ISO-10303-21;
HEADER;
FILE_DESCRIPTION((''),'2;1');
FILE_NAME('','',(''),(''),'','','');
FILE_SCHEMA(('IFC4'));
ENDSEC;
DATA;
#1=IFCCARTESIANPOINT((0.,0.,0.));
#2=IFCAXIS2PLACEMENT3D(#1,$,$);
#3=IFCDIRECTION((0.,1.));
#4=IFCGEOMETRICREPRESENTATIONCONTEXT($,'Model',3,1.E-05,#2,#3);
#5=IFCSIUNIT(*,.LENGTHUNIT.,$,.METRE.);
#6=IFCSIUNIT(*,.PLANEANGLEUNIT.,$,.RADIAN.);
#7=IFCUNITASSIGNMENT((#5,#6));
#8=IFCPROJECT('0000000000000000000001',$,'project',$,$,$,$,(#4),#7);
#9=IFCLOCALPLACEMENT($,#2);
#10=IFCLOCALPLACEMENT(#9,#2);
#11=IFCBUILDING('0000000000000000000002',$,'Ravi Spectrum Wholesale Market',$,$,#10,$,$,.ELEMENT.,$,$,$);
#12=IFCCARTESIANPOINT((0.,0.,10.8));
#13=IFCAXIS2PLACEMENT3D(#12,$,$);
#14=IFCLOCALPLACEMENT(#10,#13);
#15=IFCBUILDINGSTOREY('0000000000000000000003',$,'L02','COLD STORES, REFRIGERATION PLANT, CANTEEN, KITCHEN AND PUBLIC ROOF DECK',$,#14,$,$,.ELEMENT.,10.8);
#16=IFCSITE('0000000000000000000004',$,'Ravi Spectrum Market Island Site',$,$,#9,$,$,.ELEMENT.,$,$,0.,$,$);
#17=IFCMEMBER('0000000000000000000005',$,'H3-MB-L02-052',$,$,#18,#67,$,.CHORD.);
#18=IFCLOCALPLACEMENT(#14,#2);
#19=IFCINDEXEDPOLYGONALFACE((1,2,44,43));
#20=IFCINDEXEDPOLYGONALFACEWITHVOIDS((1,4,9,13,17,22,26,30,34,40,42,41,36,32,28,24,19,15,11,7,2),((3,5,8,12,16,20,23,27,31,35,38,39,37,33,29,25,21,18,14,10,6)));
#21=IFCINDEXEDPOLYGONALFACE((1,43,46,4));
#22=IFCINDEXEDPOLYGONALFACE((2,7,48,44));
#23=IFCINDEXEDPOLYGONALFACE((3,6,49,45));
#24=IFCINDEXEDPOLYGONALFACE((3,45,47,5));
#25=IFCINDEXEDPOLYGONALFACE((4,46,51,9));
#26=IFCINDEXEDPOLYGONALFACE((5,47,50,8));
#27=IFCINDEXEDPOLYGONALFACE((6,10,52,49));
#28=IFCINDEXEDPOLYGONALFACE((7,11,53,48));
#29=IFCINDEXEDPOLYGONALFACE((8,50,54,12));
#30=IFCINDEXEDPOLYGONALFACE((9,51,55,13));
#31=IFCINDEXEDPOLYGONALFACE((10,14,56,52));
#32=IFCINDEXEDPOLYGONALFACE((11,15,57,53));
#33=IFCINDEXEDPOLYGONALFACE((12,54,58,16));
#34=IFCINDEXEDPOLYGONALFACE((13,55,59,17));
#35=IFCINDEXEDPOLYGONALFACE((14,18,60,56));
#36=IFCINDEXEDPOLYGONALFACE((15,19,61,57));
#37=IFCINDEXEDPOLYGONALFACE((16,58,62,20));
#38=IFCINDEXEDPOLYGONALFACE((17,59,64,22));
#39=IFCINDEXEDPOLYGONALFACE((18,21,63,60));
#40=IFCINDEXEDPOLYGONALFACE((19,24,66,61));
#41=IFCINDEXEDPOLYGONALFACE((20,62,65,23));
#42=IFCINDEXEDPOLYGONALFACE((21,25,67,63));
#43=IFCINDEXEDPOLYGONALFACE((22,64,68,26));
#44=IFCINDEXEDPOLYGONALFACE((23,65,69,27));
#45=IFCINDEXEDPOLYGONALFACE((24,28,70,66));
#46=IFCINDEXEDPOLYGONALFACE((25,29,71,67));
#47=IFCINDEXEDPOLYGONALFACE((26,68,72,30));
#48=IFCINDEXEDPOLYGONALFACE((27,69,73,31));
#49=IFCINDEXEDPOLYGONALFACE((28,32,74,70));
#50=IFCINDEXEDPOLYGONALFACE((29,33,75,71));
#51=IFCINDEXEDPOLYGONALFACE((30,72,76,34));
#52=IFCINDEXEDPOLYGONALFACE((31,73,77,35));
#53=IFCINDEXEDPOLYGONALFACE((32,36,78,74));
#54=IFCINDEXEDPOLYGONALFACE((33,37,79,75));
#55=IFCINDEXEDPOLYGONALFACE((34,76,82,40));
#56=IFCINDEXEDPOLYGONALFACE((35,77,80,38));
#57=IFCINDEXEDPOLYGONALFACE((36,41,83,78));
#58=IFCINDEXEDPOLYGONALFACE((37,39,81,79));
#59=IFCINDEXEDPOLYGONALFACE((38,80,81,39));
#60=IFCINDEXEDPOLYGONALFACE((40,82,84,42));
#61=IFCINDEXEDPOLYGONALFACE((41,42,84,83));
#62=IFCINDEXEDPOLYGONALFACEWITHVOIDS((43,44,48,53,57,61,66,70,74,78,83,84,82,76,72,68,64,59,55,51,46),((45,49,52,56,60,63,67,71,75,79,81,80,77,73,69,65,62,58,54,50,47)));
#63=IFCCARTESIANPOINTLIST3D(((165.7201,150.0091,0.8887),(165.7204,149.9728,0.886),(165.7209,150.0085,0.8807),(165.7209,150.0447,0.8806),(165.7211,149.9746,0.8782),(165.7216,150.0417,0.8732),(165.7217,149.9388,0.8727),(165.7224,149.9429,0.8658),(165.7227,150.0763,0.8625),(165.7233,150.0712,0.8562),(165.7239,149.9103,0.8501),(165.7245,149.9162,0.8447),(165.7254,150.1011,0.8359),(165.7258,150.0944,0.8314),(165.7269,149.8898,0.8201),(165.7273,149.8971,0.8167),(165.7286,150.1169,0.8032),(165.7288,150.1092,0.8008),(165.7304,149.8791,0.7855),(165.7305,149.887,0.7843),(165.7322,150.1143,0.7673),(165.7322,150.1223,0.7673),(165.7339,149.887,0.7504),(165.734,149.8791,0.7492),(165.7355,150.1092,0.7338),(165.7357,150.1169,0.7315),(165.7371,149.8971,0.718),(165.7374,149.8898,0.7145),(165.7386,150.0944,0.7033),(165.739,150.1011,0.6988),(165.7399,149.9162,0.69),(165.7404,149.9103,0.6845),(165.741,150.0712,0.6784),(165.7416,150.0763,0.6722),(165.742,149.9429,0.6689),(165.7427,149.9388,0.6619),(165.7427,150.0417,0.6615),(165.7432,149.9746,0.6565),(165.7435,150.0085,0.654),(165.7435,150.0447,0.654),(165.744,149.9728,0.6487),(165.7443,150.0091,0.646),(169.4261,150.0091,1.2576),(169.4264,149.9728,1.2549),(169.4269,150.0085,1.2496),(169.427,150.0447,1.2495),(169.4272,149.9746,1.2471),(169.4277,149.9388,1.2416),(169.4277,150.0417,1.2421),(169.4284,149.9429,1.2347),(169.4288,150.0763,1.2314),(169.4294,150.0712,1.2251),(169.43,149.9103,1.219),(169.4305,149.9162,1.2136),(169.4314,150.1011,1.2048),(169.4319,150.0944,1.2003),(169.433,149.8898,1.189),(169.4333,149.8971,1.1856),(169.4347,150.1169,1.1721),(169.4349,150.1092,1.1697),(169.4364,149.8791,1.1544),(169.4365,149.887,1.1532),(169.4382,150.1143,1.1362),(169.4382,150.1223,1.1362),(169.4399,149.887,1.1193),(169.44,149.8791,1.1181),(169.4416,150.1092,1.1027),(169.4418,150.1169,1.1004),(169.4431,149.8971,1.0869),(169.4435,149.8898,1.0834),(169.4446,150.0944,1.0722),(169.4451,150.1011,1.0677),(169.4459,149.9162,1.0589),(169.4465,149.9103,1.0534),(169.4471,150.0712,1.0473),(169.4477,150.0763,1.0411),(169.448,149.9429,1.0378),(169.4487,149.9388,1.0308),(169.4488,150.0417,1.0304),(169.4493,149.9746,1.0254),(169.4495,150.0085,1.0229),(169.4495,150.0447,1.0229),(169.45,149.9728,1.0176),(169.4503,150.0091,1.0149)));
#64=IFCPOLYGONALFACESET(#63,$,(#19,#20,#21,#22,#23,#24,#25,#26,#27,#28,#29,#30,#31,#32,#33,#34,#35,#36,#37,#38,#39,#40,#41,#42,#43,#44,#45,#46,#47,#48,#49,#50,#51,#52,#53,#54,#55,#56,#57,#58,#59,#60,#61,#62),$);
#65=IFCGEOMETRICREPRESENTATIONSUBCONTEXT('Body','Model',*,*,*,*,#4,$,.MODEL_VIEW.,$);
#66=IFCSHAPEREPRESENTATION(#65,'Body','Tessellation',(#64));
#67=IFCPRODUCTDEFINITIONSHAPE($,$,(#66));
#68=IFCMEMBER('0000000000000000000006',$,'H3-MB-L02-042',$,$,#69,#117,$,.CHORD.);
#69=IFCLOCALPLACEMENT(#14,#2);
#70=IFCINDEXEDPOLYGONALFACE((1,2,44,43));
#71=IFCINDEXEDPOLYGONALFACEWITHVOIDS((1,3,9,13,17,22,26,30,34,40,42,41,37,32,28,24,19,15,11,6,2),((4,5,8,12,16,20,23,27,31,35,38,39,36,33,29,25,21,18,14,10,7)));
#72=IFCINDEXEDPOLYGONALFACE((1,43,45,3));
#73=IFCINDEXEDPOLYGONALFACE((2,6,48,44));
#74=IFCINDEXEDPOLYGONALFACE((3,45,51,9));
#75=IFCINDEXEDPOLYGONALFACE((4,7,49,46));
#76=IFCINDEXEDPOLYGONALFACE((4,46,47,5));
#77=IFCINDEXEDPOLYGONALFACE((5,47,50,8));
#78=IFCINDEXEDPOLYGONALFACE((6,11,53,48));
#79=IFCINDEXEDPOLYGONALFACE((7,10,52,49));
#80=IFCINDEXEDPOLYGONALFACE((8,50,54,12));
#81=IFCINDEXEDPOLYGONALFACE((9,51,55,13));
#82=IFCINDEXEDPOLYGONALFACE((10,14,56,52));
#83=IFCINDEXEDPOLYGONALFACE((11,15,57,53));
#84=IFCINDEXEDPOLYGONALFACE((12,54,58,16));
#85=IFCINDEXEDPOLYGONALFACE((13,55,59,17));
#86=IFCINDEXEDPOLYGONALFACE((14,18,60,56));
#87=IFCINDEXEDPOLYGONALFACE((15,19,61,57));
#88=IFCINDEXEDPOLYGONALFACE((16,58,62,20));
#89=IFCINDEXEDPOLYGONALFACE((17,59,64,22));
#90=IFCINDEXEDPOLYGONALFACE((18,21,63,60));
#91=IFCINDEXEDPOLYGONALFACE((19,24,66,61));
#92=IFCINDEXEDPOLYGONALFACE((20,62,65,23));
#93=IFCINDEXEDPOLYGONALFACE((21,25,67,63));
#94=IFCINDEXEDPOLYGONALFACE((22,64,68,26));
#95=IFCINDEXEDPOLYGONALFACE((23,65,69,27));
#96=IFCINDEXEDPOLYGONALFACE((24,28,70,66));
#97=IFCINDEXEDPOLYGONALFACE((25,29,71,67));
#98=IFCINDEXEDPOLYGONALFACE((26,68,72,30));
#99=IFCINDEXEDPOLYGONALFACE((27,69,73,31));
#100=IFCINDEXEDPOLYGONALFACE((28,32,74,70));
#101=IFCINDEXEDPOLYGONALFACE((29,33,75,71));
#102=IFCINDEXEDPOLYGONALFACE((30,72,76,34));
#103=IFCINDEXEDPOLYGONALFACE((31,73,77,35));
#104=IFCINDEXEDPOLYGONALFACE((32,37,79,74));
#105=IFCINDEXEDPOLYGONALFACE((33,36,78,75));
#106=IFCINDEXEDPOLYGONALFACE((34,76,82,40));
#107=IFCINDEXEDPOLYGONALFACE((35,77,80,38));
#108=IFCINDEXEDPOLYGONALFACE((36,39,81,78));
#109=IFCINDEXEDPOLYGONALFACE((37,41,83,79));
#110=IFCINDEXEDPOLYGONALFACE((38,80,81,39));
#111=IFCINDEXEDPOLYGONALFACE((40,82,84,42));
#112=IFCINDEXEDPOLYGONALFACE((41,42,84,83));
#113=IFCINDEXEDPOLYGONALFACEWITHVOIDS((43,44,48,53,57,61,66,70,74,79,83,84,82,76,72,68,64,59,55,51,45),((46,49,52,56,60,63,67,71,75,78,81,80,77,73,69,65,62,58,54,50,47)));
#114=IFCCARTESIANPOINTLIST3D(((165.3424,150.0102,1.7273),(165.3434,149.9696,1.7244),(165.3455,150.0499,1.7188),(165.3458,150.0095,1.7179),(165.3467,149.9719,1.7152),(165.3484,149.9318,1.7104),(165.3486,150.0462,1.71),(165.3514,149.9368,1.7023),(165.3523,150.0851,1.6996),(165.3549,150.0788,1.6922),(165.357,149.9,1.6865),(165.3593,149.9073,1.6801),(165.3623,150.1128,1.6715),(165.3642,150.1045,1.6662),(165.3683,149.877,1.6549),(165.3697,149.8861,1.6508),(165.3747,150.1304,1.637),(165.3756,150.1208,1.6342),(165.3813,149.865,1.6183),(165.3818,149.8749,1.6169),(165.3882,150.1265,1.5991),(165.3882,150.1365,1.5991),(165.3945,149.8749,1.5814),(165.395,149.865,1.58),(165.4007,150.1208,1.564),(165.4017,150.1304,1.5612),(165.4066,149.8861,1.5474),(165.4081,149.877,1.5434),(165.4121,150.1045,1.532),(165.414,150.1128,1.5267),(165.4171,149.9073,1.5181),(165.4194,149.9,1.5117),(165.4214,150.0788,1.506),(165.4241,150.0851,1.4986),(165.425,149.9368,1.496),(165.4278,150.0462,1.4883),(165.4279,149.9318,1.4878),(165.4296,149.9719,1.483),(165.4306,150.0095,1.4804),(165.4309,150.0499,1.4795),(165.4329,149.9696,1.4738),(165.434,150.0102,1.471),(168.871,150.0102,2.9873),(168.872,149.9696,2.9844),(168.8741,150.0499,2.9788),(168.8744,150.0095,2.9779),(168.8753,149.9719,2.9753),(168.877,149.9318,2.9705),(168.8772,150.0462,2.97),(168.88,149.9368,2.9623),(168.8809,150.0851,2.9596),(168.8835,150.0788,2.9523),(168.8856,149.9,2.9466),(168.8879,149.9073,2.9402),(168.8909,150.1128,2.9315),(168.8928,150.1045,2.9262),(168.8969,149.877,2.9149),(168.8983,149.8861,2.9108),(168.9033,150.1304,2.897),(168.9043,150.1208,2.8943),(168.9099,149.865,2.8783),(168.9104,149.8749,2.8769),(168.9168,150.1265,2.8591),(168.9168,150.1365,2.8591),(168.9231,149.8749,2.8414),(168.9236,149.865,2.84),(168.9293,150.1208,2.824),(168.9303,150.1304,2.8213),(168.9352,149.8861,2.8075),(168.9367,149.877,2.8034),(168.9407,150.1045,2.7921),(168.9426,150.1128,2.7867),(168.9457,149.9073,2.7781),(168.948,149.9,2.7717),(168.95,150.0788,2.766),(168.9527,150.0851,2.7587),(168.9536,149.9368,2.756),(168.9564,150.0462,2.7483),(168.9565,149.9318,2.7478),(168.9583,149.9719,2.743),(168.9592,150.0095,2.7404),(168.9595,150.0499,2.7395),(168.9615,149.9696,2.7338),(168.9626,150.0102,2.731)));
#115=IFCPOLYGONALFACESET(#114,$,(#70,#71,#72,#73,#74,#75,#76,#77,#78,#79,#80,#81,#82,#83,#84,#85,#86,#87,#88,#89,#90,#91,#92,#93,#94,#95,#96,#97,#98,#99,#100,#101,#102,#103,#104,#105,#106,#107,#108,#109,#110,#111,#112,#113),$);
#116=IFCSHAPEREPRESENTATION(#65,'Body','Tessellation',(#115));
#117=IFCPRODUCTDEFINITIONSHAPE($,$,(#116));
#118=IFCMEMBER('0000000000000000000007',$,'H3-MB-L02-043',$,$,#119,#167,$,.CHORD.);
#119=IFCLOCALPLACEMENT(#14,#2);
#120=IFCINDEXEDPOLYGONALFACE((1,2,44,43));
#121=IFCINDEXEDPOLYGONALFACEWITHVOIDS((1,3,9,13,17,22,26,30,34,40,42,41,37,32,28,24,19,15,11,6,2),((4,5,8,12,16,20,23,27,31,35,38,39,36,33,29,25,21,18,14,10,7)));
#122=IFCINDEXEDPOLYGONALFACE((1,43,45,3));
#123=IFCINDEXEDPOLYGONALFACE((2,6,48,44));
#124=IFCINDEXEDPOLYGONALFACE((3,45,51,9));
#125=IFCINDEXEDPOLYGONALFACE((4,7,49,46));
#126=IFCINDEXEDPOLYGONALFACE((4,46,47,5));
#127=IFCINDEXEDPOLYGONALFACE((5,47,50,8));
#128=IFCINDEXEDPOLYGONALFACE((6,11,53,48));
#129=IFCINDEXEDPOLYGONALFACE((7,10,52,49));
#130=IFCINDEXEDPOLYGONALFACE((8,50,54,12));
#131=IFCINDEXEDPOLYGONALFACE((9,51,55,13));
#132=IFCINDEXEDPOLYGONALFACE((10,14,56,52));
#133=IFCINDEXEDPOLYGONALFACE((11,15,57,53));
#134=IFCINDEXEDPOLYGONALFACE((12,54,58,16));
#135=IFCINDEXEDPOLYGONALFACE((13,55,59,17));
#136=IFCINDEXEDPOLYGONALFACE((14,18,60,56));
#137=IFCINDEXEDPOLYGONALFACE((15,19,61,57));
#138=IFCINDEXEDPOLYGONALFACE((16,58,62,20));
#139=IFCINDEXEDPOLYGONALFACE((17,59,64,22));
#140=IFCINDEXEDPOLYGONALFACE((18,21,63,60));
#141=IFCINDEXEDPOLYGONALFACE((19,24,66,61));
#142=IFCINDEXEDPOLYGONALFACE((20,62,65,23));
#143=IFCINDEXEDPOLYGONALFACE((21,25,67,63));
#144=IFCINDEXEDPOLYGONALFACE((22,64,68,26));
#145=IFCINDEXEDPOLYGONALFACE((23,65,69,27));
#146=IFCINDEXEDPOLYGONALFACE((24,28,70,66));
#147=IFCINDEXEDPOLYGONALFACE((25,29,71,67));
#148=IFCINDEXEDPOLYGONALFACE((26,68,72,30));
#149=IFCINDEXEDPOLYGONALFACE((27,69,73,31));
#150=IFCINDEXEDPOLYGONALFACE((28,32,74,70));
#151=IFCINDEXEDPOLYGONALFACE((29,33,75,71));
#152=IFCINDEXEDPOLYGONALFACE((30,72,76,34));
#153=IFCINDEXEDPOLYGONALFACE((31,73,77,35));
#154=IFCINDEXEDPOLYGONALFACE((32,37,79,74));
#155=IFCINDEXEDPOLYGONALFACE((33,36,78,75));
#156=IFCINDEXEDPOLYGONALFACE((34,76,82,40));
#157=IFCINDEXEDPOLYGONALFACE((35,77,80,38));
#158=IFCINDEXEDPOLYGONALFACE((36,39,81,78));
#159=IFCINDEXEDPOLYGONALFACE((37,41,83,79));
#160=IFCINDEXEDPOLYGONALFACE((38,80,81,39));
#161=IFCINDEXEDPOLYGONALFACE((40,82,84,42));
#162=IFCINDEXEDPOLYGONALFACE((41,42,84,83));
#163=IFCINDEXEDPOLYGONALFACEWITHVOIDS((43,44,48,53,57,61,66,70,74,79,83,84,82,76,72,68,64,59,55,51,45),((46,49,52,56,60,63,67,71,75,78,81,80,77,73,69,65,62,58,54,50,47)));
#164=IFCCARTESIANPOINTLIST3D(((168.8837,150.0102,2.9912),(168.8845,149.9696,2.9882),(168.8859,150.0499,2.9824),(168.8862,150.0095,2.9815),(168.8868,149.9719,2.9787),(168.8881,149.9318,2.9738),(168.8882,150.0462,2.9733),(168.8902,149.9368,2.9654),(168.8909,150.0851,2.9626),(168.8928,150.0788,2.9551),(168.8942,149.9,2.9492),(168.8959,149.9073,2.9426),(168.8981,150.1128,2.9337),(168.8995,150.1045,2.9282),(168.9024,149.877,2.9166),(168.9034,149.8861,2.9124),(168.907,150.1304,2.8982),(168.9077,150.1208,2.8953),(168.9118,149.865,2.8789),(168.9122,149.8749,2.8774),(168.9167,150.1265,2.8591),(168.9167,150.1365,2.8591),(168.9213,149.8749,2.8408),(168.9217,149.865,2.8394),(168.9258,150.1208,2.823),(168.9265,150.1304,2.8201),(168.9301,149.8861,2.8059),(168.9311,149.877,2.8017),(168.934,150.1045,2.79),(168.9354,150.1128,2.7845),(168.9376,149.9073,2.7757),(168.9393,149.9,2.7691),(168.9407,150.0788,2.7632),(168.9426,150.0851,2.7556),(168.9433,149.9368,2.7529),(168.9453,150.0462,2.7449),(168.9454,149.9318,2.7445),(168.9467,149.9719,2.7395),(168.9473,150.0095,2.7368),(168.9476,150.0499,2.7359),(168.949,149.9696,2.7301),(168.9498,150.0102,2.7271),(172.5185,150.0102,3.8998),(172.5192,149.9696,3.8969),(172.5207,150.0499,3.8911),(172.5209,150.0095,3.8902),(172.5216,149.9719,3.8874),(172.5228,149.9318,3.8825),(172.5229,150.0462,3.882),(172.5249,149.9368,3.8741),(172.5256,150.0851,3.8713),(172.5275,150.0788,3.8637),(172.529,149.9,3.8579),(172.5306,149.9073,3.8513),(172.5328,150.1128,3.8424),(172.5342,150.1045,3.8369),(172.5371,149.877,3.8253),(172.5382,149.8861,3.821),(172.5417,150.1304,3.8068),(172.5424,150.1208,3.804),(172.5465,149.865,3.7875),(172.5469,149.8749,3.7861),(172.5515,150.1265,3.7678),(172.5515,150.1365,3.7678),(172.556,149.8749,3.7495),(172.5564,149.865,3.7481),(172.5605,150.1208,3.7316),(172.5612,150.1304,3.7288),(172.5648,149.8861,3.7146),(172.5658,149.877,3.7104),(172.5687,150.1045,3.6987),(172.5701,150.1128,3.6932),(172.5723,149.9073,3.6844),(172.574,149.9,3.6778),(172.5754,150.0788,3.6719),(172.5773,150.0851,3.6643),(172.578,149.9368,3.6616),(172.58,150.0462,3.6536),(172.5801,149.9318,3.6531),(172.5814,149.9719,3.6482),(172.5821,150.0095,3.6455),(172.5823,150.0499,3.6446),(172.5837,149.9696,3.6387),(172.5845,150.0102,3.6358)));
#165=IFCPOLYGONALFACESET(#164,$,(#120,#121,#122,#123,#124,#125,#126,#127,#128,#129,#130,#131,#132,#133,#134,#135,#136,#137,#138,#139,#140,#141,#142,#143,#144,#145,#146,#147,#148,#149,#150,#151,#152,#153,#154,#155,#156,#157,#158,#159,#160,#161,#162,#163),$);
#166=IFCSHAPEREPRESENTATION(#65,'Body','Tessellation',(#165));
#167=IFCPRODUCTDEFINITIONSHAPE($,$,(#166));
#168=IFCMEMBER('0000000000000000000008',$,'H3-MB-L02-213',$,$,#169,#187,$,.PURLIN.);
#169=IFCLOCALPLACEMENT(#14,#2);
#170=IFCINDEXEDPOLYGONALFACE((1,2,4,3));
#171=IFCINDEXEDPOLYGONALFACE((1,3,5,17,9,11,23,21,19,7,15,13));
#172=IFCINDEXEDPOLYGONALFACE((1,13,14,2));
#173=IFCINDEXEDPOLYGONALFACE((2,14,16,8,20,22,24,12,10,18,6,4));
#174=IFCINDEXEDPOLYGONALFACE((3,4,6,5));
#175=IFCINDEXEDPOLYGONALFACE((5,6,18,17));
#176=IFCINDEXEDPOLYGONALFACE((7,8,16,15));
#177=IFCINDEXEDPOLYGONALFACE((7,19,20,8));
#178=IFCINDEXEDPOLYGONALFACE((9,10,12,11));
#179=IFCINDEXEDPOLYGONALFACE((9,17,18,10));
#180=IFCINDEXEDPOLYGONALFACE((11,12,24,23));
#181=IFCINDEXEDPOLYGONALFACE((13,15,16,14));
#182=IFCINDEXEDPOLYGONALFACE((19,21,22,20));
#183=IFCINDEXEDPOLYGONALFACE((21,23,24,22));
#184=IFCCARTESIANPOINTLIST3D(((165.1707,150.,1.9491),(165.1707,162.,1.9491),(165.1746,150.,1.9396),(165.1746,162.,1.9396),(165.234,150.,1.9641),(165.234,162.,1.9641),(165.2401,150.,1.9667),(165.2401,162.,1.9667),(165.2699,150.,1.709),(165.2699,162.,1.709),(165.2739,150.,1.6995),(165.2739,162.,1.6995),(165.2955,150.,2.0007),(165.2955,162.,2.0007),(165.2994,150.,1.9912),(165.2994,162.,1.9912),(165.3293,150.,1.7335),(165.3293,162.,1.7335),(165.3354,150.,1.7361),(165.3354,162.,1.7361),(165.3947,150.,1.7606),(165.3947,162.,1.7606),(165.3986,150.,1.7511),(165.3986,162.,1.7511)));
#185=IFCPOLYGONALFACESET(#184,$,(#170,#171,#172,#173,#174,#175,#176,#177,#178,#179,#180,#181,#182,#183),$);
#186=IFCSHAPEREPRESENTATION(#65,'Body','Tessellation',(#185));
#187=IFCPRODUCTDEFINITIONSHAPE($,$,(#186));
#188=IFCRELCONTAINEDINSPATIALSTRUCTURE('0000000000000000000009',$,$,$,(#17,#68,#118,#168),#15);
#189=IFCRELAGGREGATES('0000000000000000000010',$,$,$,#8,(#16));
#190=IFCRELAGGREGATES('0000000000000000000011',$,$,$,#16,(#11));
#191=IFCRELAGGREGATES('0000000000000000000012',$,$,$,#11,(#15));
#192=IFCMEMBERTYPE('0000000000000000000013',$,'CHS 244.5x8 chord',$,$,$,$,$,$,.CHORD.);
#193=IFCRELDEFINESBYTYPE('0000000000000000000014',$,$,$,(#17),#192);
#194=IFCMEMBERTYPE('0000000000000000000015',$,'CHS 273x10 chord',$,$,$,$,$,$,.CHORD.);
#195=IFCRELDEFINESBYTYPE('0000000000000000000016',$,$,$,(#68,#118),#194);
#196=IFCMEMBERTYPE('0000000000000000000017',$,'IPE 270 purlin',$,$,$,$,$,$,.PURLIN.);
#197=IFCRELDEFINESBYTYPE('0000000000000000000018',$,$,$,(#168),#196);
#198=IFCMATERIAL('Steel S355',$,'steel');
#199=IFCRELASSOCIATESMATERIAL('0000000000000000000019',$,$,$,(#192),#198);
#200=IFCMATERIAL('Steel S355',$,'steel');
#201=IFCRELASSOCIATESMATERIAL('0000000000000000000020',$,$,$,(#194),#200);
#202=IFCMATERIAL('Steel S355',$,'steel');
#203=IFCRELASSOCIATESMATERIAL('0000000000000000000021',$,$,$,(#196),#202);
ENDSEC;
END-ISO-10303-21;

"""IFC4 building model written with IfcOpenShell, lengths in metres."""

from ifc_helpers import new_model, si_unit, direction, frame, origin, origin_2d, place, context, subcontext, project, spatial, hollow_circle, i_section, extrude, material, material_profile, profile_set, type_object, element, save


model = new_model("IFC4")

# Units and contexts
model_context = context("Model", 3, precision=1e-05, world=origin(), true_north=direction((0.0, 1.0)))
body_context = subcontext(model_context, "Body", "Model", "MODEL_VIEW")
ifc_project = project(units=[si_unit("LENGTHUNIT", "METRE"), si_unit("PLANEANGLEUNIT", "RADIAN")], contexts=[model_context])

# Site, building, storey
site_placement = place(None, origin())
site = spatial("IfcSite", under=ifc_project, at=site_placement, Name="Ravi Spectrum Market Island Site", CompositionType="ELEMENT", RefElevation=0.0)
building_placement = place(site_placement, origin())
building = spatial("IfcBuilding", under=site, at=building_placement, Name="Ravi Spectrum Wholesale Market", CompositionType="ELEMENT")
storey_placement = place(building_placement, frame((0.0, 0.0, 10.8)))
storey = spatial("IfcBuildingStorey", under=building, at=storey_placement, Name="L02", Description="COLD STORES, REFRIGERATION PLANT, CANTEEN, KITCHEN AND PUBLIC ROOF DECK", CompositionType="ELEMENT", Elevation=10.8)

# Members
ifc_material_1 = material(Name="Steel S355", Category="steel")
ifc_material_profile_1 = material_profile(ifc_material_1, hollow_circle(Radius=0.1223, WallThickness=0.0081, at=origin_2d()))
ifc_profile_set_1 = profile_set([ifc_material_profile_1], Name="Steel S355")
member_type_1 = type_object("IfcMemberType", Name="CHS 244.5x8 chord", PredefinedType="CHORD", material=ifc_profile_set_1)
member_1_placement = place(storey_placement, frame((165.7322, 150.0, 0.7673), z_axis=(0.995083, 0.0, 0.099049), x_axis=(0.0, 1.0, 0.0)))
element("IfcMember", 1, at=member_1_placement, inside=storey, type_object=member_type_1, Name="H3-MB-L02-052", PredefinedType="CHORD", context=body_context, shape_type="SweptSolid", body=[
    extrude(hollow_circle(Radius=0.1223, WallThickness=0.0081, at=origin_2d()), origin(), (0.0, 0.0, 1.0), 3.7244),
])
ifc_material_2 = material(Name="Steel S355", Category="steel")
ifc_material_profile_2 = material_profile(ifc_material_2, hollow_circle(Radius=0.1365, WallThickness=0.01, at=origin_2d()))
ifc_profile_set_2 = profile_set([ifc_material_profile_2], Name="Steel S355")
member_type_2 = type_object("IfcMemberType", Name="CHS 273x10 chord", PredefinedType="CHORD", material=ifc_profile_set_2)
member_2_placement = place(storey_placement, frame((165.3882, 150.0, 1.5991), z_axis=(0.941758, 0.0, 0.336291), x_axis=(0.0, 1.0, 0.0)))
element("IfcMember", 2, at=member_2_placement, inside=storey, type_object=member_type_2, Name="H3-MB-L02-042", PredefinedType="CHORD", context=body_context, shape_type="SweptSolid", body=[
    extrude(hollow_circle(Radius=0.1365, WallThickness=0.01, at=origin_2d()), origin(), (0.0, 0.0, 1.0), 3.7468),
])
member_3_placement = place(storey_placement, frame((168.9167, 150.0, 2.8591), z_axis=(0.970143, 0.0, 0.242536), x_axis=(0.0, 1.0, 0.0)))
element("IfcMember", 3, at=member_3_placement, inside=storey, type_object=member_type_2, Name="H3-MB-L02-043", PredefinedType="CHORD", context=body_context, shape_type="SweptSolid", body=[
    extrude(hollow_circle(Radius=0.1365, WallThickness=0.01, at=origin_2d()), origin(), (0.0, 0.0, 1.0), 3.7466),
])
ifc_material_3 = material(Name="Steel S355", Category="steel")
ifc_material_profile_3 = material_profile(ifc_material_3, i_section(OverallWidth=0.135, OverallDepth=0.27, WebThickness=0.0066, FlangeThickness=0.0103, at=origin_2d()))
ifc_profile_set_3 = profile_set([ifc_material_profile_3], Name="Steel S355")
member_type_3 = type_object("IfcMemberType", Name="IPE 270 purlin", PredefinedType="PURLIN", material=ifc_profile_set_3)
for number, where, z_axis, x_axis, name in (
    (4, (165.2847, 150.0, 1.8501), (0.0, 1.0, 0.0), (-0.92416, 0.0, -0.382006), "H3-MB-L02-213"),
):
    element("IfcMember", number, at=place(storey_placement, frame(where, z_axis=z_axis, x_axis=x_axis)), inside=storey, type_object=member_type_3, Name=name, PredefinedType="PURLIN", context=body_context, shape_type="SweptSolid", body=[
        extrude(i_section(OverallWidth=0.135, OverallDepth=0.27, WebThickness=0.0066, FlangeThickness=0.0103, at=origin_2d()), origin(), (0.0, 0.0, 1.0), 12.0),
    ])

save(model, "model.ifc")
